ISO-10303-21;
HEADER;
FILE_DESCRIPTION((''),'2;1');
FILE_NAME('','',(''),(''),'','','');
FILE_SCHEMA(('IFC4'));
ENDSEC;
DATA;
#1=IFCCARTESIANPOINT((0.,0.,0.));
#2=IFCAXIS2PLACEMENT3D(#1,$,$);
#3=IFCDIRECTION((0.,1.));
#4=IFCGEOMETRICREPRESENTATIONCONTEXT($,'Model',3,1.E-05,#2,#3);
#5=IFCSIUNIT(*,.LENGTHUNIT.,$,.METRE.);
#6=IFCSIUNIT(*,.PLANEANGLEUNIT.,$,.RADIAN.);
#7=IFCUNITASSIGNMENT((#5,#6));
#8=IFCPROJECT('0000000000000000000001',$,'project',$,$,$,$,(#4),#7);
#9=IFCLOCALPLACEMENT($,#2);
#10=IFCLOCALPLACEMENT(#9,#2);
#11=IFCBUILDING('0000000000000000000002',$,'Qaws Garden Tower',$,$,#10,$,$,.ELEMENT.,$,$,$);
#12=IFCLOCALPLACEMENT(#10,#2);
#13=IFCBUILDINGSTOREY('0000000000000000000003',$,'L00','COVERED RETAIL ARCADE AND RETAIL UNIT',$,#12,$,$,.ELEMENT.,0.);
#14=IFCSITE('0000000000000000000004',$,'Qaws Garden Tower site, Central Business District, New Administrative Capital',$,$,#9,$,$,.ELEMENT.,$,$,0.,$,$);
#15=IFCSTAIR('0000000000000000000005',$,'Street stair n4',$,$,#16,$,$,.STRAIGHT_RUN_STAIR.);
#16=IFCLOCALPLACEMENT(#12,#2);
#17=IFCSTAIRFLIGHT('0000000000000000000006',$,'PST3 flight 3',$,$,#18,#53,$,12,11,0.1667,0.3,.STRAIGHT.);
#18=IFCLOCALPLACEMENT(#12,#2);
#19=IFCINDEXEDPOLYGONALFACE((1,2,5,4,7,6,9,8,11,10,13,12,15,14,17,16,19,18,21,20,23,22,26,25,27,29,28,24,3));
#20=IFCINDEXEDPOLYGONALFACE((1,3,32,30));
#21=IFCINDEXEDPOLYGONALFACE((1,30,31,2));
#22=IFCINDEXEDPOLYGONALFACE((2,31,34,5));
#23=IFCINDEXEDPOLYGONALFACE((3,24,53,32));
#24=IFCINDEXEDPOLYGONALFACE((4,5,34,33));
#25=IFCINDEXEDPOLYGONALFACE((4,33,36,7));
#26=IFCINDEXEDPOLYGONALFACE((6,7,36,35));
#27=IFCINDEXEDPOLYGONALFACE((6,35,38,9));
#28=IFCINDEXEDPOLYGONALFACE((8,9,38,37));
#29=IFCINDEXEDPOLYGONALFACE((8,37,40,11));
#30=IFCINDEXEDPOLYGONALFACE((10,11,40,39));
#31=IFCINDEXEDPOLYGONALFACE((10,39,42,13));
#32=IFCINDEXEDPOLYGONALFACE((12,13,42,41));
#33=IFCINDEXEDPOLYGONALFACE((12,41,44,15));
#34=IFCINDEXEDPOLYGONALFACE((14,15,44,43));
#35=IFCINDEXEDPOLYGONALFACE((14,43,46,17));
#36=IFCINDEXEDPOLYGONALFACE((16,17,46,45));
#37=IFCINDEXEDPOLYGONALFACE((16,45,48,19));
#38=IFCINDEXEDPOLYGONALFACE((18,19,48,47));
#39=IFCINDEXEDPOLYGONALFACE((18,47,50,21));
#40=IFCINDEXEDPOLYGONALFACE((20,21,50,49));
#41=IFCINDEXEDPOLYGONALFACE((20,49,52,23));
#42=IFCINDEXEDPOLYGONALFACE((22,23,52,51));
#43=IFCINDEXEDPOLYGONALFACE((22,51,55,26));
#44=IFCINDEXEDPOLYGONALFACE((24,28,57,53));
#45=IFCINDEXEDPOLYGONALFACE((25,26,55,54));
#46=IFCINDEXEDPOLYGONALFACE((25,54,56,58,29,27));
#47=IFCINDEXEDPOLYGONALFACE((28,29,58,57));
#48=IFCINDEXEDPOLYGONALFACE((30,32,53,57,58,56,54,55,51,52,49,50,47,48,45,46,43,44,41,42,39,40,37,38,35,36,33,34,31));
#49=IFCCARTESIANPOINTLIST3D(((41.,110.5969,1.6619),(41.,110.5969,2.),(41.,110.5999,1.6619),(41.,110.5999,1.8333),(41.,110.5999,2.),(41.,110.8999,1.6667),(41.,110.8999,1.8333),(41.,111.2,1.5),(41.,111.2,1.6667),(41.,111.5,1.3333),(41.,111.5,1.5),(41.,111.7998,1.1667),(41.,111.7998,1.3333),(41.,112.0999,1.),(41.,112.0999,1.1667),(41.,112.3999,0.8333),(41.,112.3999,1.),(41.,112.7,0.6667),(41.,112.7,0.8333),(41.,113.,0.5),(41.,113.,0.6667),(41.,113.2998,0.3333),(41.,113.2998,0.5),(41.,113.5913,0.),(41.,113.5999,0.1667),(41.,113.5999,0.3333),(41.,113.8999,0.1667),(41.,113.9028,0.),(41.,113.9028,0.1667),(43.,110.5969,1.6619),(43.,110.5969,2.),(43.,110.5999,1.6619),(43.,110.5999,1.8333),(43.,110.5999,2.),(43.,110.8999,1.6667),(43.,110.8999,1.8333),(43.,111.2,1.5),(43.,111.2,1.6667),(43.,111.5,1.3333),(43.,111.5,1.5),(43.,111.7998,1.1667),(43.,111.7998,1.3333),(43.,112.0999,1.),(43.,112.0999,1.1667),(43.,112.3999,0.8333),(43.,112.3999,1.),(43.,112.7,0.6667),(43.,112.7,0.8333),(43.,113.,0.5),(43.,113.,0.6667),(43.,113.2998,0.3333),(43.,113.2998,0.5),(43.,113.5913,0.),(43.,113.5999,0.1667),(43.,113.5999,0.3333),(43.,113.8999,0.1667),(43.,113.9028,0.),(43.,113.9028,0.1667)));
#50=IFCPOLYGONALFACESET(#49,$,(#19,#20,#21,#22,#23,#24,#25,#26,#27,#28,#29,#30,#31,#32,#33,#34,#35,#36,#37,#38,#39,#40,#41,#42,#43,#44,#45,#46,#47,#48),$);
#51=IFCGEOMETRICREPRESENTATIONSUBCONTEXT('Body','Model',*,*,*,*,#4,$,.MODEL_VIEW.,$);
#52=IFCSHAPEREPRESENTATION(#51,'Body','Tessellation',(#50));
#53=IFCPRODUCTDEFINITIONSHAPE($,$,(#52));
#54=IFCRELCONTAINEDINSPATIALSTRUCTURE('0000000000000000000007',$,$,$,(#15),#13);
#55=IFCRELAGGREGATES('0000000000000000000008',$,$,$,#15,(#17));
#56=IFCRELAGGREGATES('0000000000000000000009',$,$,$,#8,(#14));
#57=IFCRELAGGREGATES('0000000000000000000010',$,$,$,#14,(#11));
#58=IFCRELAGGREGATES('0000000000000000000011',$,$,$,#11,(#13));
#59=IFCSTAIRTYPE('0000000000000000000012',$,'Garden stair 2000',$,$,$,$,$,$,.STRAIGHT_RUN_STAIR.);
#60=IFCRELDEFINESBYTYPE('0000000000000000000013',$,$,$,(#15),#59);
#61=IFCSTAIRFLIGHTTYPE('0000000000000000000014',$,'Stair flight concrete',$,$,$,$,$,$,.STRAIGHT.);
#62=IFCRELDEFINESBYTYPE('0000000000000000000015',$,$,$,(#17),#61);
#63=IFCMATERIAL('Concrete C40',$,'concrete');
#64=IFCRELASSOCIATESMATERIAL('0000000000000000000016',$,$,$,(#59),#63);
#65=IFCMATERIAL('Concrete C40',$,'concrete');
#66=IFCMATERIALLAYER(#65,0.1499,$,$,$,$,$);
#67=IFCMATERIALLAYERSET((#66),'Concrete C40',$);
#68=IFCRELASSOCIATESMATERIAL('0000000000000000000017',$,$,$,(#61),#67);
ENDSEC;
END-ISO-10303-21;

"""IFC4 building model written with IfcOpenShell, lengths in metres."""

from ifc_helpers import new_model, si_unit, direction, frame, origin, place, context, subcontext, project, spatial, polyline, outline, extrude, material, layer, layer_set, type_object, element, aggregate, save


model = new_model("IFC4")

# Units and contexts
model_context = context("Model", 3, precision=1e-05, world=origin(), true_north=direction((0.0, 1.0)))
body_context = subcontext(model_context, "Body", "Model", "MODEL_VIEW")
ifc_project = project(units=[si_unit("LENGTHUNIT", "METRE"), si_unit("PLANEANGLEUNIT", "RADIAN")], contexts=[model_context])

# Site, building, storey
site_placement = place(None, origin())
site = spatial("IfcSite", under=ifc_project, at=site_placement, Name="Qaws Garden Tower site, Central Business District, New Administrative Capital", CompositionType="ELEMENT", RefElevation=0.0)
building_placement = place(site_placement, origin())
building = spatial("IfcBuilding", under=site, at=building_placement, Name="Qaws Garden Tower", CompositionType="ELEMENT")
storey_placement = place(building_placement, origin())
storey = spatial("IfcBuildingStorey", under=building, at=storey_placement, Name="L00", Description="COVERED RETAIL ARCADE AND RETAIL UNIT", CompositionType="ELEMENT", Elevation=0.0)

# Stair, stair flight
ifc_material_1 = material(Name="Concrete C40", Category="concrete")
stair_type = type_object("IfcStairType", Name="Garden stair 2000", PredefinedType="STRAIGHT_RUN_STAIR", material=ifc_material_1)
placement = place(storey_placement, origin())
ifc_material_2 = material(Name="Concrete C40", Category="concrete")
ifc_layer_1 = layer(ifc_material_2, 0.1499)
ifc_layer_set_1 = layer_set([ifc_layer_1], Name="Concrete C40")
stair_flight_type = type_object("IfcStairFlightType", Name="Stair flight concrete", PredefinedType="STRAIGHT", material=ifc_layer_set_1)
stair_1 = element("IfcStair", 1, at=placement, inside=storey, type_object=stair_type, Name="Street stair n4", PredefinedType="STRAIGHT_RUN_STAIR")
stair_flight_1_placement = place(storey_placement, frame((42.0, 113.8999, 0.0), z_axis=(0.0, 0.0, 1.0), x_axis=(0.0, -1.0, 0.0)))
stair_flight_1 = element("IfcStairFlight", 2, at=stair_flight_1_placement, type_object=stair_flight_type, Name="PST3 flight 3", NumberOfRisers=12, NumberOfTreads=11, PredefinedType="STRAIGHT", RiserHeight=0.1667, TreadLength=0.3, context=body_context, shape_type="SweptSolid", body=[
    extrude(outline(polyline([(-0.0029, 0.0), (-0.0029, 0.1667), (0.0, 0.1667), (0.3, 0.1667), (0.3, 0.3333), (0.6001, 0.3333), (0.6001, 0.5), (0.8999, 0.5), (0.8999, 0.6667), (1.2, 0.6667), (1.2, 0.8333), (1.5, 0.8333), (1.5, 1.0), (1.8, 1.0), (1.8, 1.1667), (2.1001, 1.1667), (2.1001, 1.3333), (2.3999, 1.3333), (2.3999, 1.5), (2.7, 1.5), (2.7, 1.6667), (3.0, 1.6667), (3.0, 1.8333), (3.3, 1.8333), (3.3, 2.0), (3.303, 2.0), (3.303, 1.6619), (3.3, 1.6619), (0.3086, 0.0), (-0.0029, 0.0)])), frame((0.0, 1.0, 0.0), z_axis=(0.0, -1.0, 0.0), x_axis=(1.0, 0.0, 0.0)), (0.0, 0.0, 1.0), 2.0),
])
aggregate(stair_1, [stair_flight_1])

save(model, "model.ifc")
